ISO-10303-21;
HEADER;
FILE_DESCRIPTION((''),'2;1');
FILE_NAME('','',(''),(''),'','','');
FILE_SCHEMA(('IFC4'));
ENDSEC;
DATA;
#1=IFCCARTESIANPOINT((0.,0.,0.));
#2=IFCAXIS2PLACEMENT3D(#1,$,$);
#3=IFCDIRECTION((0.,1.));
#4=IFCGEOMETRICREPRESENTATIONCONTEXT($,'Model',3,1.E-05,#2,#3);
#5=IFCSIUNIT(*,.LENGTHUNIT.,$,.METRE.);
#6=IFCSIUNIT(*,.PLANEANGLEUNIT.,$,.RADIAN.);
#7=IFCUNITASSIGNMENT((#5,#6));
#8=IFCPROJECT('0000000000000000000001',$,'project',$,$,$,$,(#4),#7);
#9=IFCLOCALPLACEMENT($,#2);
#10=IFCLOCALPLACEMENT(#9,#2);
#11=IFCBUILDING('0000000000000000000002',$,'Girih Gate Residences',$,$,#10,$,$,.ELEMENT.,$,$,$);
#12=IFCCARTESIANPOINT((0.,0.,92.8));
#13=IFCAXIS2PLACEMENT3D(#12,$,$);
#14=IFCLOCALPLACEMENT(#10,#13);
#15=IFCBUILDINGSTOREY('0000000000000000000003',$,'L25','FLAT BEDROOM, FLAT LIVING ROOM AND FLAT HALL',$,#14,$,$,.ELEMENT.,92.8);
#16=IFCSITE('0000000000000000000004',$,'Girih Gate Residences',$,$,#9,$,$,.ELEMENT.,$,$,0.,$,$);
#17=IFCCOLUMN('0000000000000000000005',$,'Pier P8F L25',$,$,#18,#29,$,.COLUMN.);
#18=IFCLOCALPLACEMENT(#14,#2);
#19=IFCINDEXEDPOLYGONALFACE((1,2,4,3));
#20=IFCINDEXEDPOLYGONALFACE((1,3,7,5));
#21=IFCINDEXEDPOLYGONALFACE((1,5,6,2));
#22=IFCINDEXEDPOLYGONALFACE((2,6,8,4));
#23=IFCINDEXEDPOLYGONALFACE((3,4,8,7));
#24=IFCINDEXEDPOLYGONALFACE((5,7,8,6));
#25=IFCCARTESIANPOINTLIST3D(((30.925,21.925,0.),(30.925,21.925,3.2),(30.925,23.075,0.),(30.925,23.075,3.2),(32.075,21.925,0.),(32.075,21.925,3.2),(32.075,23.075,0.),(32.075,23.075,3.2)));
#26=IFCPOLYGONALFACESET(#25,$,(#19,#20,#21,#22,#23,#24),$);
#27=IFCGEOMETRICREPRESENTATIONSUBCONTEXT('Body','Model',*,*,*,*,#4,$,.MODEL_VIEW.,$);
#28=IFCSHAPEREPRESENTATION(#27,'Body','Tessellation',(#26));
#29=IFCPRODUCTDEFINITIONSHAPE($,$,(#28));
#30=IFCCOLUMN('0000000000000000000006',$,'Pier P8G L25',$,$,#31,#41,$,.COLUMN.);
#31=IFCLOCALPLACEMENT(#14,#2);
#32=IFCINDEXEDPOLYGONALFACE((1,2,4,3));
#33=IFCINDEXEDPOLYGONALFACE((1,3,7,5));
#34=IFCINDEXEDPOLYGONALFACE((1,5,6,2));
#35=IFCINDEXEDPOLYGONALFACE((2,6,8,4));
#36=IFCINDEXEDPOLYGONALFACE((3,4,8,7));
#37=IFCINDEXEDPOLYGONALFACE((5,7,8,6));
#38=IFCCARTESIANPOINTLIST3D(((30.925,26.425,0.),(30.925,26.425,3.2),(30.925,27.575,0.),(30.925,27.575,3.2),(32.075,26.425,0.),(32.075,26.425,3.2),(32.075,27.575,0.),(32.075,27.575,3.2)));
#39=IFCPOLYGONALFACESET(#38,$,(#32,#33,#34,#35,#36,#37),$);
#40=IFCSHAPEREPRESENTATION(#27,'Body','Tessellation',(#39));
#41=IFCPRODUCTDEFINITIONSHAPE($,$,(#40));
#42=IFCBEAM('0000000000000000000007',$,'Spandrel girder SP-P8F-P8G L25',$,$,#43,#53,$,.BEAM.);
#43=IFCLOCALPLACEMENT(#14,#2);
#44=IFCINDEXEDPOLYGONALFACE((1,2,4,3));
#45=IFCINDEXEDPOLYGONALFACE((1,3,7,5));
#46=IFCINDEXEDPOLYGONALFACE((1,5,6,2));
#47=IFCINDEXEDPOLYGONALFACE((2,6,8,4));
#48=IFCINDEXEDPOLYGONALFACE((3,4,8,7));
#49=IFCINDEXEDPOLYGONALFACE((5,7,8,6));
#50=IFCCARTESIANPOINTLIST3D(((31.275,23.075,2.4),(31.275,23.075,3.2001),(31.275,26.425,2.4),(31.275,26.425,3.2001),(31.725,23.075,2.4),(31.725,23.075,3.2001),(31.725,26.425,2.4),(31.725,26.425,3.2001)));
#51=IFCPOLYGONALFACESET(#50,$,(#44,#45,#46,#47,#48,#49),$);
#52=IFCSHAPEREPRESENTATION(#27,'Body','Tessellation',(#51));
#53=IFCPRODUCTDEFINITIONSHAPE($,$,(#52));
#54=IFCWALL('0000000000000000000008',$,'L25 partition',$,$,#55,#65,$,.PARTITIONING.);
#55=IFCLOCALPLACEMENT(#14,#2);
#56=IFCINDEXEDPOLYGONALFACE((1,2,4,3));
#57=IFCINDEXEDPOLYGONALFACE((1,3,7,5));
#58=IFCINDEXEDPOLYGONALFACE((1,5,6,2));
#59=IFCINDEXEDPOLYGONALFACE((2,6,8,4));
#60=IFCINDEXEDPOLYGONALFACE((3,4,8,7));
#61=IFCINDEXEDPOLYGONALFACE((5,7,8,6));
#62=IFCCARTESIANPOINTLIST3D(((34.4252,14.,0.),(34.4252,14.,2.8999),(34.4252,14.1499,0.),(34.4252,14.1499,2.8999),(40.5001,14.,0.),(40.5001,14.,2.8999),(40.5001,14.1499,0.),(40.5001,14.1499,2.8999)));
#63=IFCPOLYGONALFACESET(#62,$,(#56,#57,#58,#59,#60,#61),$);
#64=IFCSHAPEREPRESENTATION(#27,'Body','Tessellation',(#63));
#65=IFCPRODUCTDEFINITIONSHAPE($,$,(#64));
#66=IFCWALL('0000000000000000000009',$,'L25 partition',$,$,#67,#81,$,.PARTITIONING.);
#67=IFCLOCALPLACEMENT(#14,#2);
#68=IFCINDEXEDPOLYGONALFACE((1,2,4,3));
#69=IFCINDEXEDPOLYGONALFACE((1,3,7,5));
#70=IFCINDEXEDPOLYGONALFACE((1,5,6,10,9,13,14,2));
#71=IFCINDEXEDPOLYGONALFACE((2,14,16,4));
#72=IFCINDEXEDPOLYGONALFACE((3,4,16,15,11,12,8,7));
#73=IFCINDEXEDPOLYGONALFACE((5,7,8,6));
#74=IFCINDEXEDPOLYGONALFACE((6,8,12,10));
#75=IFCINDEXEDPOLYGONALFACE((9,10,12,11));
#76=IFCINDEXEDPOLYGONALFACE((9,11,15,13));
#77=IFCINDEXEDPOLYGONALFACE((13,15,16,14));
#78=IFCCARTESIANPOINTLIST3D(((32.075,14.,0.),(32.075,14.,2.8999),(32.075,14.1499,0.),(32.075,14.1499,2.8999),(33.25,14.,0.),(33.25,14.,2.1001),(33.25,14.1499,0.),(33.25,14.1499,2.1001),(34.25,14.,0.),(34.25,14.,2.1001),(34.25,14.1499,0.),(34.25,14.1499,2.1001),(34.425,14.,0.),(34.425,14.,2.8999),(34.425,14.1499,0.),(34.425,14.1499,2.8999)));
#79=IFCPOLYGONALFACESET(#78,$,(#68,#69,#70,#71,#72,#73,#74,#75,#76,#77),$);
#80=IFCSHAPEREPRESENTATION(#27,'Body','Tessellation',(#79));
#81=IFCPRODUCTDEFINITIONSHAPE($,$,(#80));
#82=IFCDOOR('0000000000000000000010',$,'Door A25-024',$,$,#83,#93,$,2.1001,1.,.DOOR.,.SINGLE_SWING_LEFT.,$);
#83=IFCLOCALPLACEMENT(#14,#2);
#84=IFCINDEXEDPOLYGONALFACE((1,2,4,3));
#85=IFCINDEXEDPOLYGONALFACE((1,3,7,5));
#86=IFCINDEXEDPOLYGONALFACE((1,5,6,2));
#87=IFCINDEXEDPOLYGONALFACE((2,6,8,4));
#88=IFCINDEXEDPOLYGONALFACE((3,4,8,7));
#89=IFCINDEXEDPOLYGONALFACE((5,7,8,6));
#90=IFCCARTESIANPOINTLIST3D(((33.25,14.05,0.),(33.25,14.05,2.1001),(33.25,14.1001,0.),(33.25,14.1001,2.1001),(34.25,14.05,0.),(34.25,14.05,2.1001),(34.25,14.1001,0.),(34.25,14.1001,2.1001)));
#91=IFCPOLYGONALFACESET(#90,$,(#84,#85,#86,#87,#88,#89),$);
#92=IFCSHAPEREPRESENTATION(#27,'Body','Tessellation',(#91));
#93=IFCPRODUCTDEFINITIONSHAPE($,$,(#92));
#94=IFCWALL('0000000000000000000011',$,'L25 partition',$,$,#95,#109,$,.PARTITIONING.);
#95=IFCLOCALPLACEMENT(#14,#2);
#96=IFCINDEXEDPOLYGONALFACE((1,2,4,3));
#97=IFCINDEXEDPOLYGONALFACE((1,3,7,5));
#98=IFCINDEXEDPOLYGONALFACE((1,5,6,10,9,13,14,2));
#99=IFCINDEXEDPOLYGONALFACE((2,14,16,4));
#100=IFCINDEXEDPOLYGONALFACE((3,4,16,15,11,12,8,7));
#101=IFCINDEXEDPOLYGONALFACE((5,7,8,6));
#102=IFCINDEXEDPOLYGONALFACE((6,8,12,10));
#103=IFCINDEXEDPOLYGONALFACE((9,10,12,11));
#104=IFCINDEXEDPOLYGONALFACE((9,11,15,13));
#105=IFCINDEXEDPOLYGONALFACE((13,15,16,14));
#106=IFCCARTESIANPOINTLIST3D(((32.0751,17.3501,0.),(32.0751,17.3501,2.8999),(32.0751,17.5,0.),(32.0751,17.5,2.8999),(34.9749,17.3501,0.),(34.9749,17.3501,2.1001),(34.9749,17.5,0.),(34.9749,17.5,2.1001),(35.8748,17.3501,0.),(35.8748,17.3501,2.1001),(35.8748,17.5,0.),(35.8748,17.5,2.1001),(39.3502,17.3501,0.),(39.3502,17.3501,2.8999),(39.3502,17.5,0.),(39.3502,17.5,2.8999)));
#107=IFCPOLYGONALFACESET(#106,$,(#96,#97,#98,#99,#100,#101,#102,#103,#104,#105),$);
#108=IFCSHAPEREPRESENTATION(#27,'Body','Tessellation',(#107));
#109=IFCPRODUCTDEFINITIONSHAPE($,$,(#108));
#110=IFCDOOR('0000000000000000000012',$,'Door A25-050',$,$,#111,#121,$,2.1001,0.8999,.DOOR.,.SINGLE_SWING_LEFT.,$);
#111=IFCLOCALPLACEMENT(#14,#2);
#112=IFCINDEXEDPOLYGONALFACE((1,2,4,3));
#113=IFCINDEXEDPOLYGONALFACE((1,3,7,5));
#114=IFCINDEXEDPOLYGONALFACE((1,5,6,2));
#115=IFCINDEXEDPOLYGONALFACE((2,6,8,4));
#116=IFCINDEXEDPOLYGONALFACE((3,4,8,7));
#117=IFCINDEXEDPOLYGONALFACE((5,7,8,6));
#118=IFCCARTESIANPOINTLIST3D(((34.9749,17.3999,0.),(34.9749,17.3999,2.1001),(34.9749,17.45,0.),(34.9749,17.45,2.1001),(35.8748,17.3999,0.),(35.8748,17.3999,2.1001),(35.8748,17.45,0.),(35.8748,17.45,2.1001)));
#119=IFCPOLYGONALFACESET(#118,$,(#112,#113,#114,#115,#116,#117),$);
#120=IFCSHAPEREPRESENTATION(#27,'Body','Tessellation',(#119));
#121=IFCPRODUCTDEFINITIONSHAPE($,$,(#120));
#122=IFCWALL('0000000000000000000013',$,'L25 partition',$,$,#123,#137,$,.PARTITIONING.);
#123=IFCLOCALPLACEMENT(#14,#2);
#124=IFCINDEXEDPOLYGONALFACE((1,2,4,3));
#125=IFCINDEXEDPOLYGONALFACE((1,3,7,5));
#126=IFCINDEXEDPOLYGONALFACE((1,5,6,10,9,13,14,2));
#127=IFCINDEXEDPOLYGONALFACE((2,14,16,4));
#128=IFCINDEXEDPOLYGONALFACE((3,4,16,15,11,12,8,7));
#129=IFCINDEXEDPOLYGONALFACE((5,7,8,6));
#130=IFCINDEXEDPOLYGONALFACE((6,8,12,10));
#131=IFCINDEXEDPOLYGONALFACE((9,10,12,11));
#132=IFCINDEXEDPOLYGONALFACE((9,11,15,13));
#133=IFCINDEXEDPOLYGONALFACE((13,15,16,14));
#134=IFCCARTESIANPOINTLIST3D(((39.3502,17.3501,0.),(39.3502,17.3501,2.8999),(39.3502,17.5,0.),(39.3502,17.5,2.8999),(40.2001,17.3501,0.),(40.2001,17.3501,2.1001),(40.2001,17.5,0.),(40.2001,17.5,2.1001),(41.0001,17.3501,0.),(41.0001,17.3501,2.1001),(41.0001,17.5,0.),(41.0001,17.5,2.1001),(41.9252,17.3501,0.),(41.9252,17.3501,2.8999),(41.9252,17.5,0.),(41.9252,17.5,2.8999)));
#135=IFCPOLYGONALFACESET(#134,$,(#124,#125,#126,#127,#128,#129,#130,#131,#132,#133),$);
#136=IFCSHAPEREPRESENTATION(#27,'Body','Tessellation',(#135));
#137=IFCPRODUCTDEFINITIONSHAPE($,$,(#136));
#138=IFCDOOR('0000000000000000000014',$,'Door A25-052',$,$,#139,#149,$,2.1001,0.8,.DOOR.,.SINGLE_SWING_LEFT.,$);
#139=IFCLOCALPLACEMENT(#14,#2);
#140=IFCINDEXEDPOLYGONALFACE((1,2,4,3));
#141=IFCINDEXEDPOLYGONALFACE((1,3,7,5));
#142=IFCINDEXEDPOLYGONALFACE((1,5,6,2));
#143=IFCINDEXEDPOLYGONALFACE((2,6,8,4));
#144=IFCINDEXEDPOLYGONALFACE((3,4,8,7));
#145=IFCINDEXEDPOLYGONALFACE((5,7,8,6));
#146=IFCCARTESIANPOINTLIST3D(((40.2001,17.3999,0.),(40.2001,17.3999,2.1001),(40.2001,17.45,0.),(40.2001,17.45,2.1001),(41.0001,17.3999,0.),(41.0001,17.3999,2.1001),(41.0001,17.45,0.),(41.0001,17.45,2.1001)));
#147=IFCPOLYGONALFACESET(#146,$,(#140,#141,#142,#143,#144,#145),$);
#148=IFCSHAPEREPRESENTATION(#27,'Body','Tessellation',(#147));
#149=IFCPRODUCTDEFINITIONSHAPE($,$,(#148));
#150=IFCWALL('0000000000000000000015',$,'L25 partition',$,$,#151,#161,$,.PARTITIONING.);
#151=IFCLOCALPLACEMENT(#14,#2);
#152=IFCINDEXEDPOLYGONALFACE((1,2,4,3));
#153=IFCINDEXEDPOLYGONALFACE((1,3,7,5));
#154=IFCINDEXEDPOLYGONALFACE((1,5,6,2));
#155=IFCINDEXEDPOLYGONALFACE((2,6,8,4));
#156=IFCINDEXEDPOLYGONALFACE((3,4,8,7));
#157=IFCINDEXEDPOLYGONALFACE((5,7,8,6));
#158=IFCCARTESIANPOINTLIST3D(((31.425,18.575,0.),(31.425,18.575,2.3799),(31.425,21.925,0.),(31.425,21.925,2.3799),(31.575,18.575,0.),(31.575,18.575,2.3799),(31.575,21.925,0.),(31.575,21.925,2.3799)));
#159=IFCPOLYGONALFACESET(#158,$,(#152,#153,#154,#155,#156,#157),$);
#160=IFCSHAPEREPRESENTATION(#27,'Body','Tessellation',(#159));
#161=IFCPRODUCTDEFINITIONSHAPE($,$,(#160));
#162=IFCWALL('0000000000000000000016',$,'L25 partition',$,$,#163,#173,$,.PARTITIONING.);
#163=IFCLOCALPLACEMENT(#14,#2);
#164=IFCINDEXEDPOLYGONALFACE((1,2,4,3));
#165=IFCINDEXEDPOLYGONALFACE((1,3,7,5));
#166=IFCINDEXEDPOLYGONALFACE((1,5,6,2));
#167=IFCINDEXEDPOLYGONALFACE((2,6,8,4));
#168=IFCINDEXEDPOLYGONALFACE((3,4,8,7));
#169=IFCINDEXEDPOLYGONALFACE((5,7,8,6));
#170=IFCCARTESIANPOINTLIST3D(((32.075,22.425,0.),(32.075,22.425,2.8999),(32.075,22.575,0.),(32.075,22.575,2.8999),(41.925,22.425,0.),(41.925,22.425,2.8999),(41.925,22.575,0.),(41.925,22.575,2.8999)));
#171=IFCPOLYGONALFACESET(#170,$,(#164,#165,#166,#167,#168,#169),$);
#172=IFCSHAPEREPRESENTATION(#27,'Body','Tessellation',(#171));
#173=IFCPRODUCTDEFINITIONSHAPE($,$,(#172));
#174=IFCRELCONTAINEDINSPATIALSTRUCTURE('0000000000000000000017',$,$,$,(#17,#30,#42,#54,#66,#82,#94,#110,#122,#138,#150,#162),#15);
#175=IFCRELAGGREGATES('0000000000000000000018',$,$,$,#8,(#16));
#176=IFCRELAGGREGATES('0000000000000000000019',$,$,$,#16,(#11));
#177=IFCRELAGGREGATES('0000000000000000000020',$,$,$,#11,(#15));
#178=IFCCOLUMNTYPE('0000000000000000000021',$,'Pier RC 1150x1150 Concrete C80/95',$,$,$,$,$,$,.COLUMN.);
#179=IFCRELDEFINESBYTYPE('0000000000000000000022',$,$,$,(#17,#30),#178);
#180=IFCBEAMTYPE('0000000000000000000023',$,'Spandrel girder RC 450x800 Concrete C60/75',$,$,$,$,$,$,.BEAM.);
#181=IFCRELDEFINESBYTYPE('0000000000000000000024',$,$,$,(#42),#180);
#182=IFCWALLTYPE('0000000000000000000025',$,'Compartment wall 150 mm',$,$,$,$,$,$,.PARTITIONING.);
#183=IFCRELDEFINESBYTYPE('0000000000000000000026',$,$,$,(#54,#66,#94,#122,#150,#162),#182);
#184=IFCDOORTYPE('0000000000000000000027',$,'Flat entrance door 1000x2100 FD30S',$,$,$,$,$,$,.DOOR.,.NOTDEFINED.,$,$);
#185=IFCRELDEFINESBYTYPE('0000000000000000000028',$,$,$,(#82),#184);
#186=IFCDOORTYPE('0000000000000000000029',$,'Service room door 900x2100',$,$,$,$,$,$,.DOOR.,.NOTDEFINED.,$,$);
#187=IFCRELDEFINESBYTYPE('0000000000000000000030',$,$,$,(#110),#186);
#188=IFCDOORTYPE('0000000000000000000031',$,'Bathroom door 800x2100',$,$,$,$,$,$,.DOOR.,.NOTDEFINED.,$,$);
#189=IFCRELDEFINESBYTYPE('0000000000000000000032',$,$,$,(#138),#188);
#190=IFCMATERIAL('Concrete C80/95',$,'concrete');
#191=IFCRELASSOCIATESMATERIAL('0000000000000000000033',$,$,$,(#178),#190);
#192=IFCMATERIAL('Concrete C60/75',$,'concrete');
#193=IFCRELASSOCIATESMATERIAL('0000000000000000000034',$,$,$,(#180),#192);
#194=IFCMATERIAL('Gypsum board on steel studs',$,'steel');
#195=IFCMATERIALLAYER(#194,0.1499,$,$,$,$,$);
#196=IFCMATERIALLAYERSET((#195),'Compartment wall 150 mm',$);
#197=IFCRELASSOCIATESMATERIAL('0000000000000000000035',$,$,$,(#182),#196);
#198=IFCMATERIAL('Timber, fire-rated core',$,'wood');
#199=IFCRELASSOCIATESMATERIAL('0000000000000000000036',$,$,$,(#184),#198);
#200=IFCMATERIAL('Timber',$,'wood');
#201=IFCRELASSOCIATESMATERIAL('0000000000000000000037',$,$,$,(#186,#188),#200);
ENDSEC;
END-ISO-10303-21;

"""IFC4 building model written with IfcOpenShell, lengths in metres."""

from ifc_helpers import new_model, si_unit, direction, frame, frame_2d, origin, origin_2d, place, context, subcontext, project, spatial, rectangle, extrude, material, layer, layer_set, material_profile, profile_set, type_object, element, fill, save


model = new_model("IFC4")

# Units and contexts
model_context = context("Model", 3, precision=1e-05, world=origin(), true_north=direction((0.0, 1.0)))
body_context = subcontext(model_context, "Body", "Model", "MODEL_VIEW")
ifc_project = project(units=[si_unit("LENGTHUNIT", "METRE"), si_unit("PLANEANGLEUNIT", "RADIAN")], contexts=[model_context])

# Site, building, storey
site_placement = place(None, origin())
site = spatial("IfcSite", under=ifc_project, at=site_placement, Name="Girih Gate Residences", CompositionType="ELEMENT", RefElevation=0.0)
building_placement = place(site_placement, origin())
building = spatial("IfcBuilding", under=site, at=building_placement, Name="Girih Gate Residences", CompositionType="ELEMENT")
storey_placement = place(building_placement, frame((0.0, 0.0, 92.8)))
storey = spatial("IfcBuildingStorey", under=building, at=storey_placement, Name="L25", Description="FLAT BEDROOM, FLAT LIVING ROOM AND FLAT HALL", CompositionType="ELEMENT", Elevation=92.8)

# Columns
ifc_material_1 = material(Name="Concrete C80/95", Category="concrete")
ifc_material_profile_1 = material_profile(ifc_material_1, rectangle(XDim=1.1499, YDim=1.1499, at=origin_2d()))
ifc_profile_set_1 = profile_set([ifc_material_profile_1], Name="Concrete C80/95")
column_type = type_object("IfcColumnType", Name="Pier RC 1150x1150 Concrete C80/95", PredefinedType="COLUMN", material=ifc_profile_set_1)
for number, where, z_axis, x_axis, name in (
    (1, (31.5, 22.5, 0.0), (0.0, 0.0, 1.0), (1.0, 0.0, 0.0), "Pier P8F L25"),
    (2, (31.5, 27.0, 0.0), (0.0, 0.0, 1.0), (1.0, 0.0, 0.0), "Pier P8G L25"),
):
    element("IfcColumn", number, at=place(storey_placement, frame(where, z_axis=z_axis, x_axis=x_axis)), inside=storey, type_object=column_type, Name=name, PredefinedType="COLUMN", context=body_context, shape_type="SweptSolid", body=[
        extrude(rectangle(XDim=1.1499, YDim=1.1499, at=origin_2d()), origin(), (0.0, 0.0, 1.0), 3.2),
    ])

# Beam
ifc_material_2 = material(Name="Concrete C60/75", Category="concrete")
ifc_material_profile_2 = material_profile(ifc_material_2, rectangle(XDim=0.45, YDim=0.8, at=origin_2d()))
ifc_profile_set_2 = profile_set([ifc_material_profile_2], Name="Concrete C60/75")
beam_type = type_object("IfcBeamType", Name="Spandrel girder RC 450x800 Concrete C60/75", PredefinedType="BEAM", material=ifc_profile_set_2)
beam_placement = place(storey_placement, frame((31.5, 23.075, 2.8), z_axis=(0.0, 1.0, 0.0), x_axis=(-1.0, 0.0, 0.0)))
element("IfcBeam", 3, at=beam_placement, inside=storey, type_object=beam_type, Name="Spandrel girder SP-P8F-P8G L25", PredefinedType="BEAM", context=body_context, shape_type="SweptSolid", body=[
    extrude(rectangle(XDim=0.45, YDim=0.8, at=origin_2d()), origin(), (0.0, 0.0, 1.0), 3.3501),
])

# Wall
ifc_material_3 = material(Name="Gypsum board on steel studs", Category="steel")
ifc_layer_1 = layer(ifc_material_3, 0.1499)
ifc_layer_set_1 = layer_set([ifc_layer_1], Name="Compartment wall 150 mm")
wall_type_1 = type_object("IfcWallType", Name="Compartment wall 150 mm", PredefinedType="PARTITIONING", material=ifc_layer_set_1)
wall_1_placement = place(storey_placement, frame((34.425, 14.075, 0.0), z_axis=(0.0, 0.0, 1.0), x_axis=(1.0, 0.0, 0.0)))
element("IfcWall", 4, at=wall_1_placement, inside=storey, type_object=wall_type_1, Name="L25 partition", PredefinedType="PARTITIONING", context=body_context, shape_type="SweptSolid", body=[
    extrude(rectangle(XDim=6.075, YDim=0.1499, at=frame_2d((3.0376, 0.0))), origin(), (0.0, 0.0, 1.0), 2.8999),
])

# Walls, openings, doors
wall_2_placement = place(storey_placement, frame((34.425, 14.075, 0.0), z_axis=(0.0, 0.0, 1.0), x_axis=(-1.0, 0.0, 0.0)))
wall_2 = element("IfcWall", 5, at=wall_2_placement, inside=storey, type_object=wall_type_1, Name="L25 partition", PredefinedType="PARTITIONING", context=body_context, shape_type="SweptSolid", body=[
    extrude(rectangle(XDim=2.3501, YDim=0.1499, at=frame_2d((1.175, 0.0))), origin(), (0.0, 0.0, 1.0), 2.8999),
])
opening_1_placement = place(wall_2_placement, frame((0.175, 0.0, 0.0)))
opening_1 = element("IfcOpeningElement", 6, at=opening_1_placement, cuts=wall_2, PredefinedType="OPENING", context=body_context, shape_type="SweptSolid", body=[
    extrude(rectangle(XDim=1.0, YDim=2.1001, at=frame_2d((0.5, 1.05))), frame((0.0, 0.085, 0.0), z_axis=(0.0, -1.0, 0.0), x_axis=(1.0, 0.0, 0.0)), (0.0, 0.0, 1.0), 0.1699),
])
ifc_material_4 = material(Name="Timber, fire-rated core", Category="wood")
door_type_1 = type_object("IfcDoorType", Name="Flat entrance door 1000x2100 FD30S", OperationType="NOTDEFINED", PredefinedType="DOOR", material=ifc_material_4)
door_1_placement = place(opening_1_placement, origin())
door_1 = element("IfcDoor", 7, at=door_1_placement, inside=storey, type_object=door_type_1, Name="Door A25-024", OperationType="SINGLE_SWING_LEFT", OverallHeight=2.1001, OverallWidth=1.0, PredefinedType="DOOR", context=body_context, shape_type="SweptSolid", body=[
    extrude(rectangle(XDim=1.0, YDim=2.1001, at=frame_2d((0.5, 1.05))), frame((0.0, 0.0249, 0.0), z_axis=(0.0, -1.0, 0.0), x_axis=(1.0, 0.0, 0.0)), (0.0, 0.0, 1.0), 0.05),
])
fill(opening_1, door_1)
wall_3_placement = place(storey_placement, frame((32.075, 17.425, 0.0), z_axis=(0.0, 0.0, 1.0), x_axis=(1.0, 0.0, 0.0)))
wall_3 = element("IfcWall", 8, at=wall_3_placement, inside=storey, type_object=wall_type_1, Name="L25 partition", PredefinedType="PARTITIONING", context=body_context, shape_type="SweptSolid", body=[
    extrude(rectangle(XDim=7.2751, YDim=0.1499, at=frame_2d((3.6377, 0.0))), origin(), (0.0, 0.0, 1.0), 2.8999),
])
opening_2_placement = place(wall_3_placement, frame((2.8999, 0.0, 0.0)))
opening_2 = element("IfcOpeningElement", 9, at=opening_2_placement, cuts=wall_3, PredefinedType="OPENING", context=body_context, shape_type="SweptSolid", body=[
    extrude(rectangle(XDim=0.8999, YDim=2.1001, at=frame_2d((0.45, 1.05))), frame((0.0, 0.085, 0.0), z_axis=(0.0, -1.0, 0.0), x_axis=(1.0, 0.0, 0.0)), (0.0, 0.0, 1.0), 0.1699),
])
ifc_material_5 = material(Name="Timber", Category="wood")
door_type_2 = type_object("IfcDoorType", Name="Service room door 900x2100", OperationType="NOTDEFINED", PredefinedType="DOOR", material=ifc_material_5)
door_2_placement = place(opening_2_placement, origin())
door_2 = element("IfcDoor", 10, at=door_2_placement, inside=storey, type_object=door_type_2, Name="Door A25-050", OperationType="SINGLE_SWING_LEFT", OverallHeight=2.1001, OverallWidth=0.8999, PredefinedType="DOOR", context=body_context, shape_type="SweptSolid", body=[
    extrude(rectangle(XDim=0.8999, YDim=2.1001, at=frame_2d((0.45, 1.05))), frame((0.0, 0.0249, 0.0), z_axis=(0.0, -1.0, 0.0), x_axis=(1.0, 0.0, 0.0)), (0.0, 0.0, 1.0), 0.05),
])
fill(opening_2, door_2)
wall_4_placement = place(storey_placement, frame((39.3501, 17.425, 0.0), z_axis=(0.0, 0.0, 1.0), x_axis=(1.0, 0.0, 0.0)))
wall_4 = element("IfcWall", 11, at=wall_4_placement, inside=storey, type_object=wall_type_1, Name="L25 partition", PredefinedType="PARTITIONING", context=body_context, shape_type="SweptSolid", body=[
    extrude(rectangle(XDim=2.575, YDim=0.1499, at=frame_2d((1.2876, 0.0))), origin(), (0.0, 0.0, 1.0), 2.8999),
])
opening_3_placement = place(wall_4_placement, frame((0.8501, 0.0, 0.0)))
opening_3 = element("IfcOpeningElement", 12, at=opening_3_placement, cuts=wall_4, PredefinedType="OPENING", context=body_context, shape_type="SweptSolid", body=[
    extrude(rectangle(XDim=0.8, YDim=2.1001, at=frame_2d((0.3999, 1.05))), frame((0.0, 0.085, 0.0), z_axis=(0.0, -1.0, 0.0), x_axis=(1.0, 0.0, 0.0)), (0.0, 0.0, 1.0), 0.1699),
])
door_type_3 = type_object("IfcDoorType", Name="Bathroom door 800x2100", OperationType="NOTDEFINED", PredefinedType="DOOR", material=ifc_material_5)
door_3_placement = place(opening_3_placement, origin())
door_3 = element("IfcDoor", 13, at=door_3_placement, inside=storey, type_object=door_type_3, Name="Door A25-052", OperationType="SINGLE_SWING_LEFT", OverallHeight=2.1001, OverallWidth=0.8, PredefinedType="DOOR", context=body_context, shape_type="SweptSolid", body=[
    extrude(rectangle(XDim=0.8, YDim=2.1001, at=frame_2d((0.3999, 1.05))), frame((0.0, 0.0249, 0.0), z_axis=(0.0, -1.0, 0.0), x_axis=(1.0, 0.0, 0.0)), (0.0, 0.0, 1.0), 0.05),
])
fill(opening_3, door_3)

# Walls
wall_5_placement = place(storey_placement, frame((31.5, 18.575, 0.0), z_axis=(0.0, 0.0, 1.0), x_axis=(0.0, 1.0, 0.0)))
element("IfcWall", 14, at=wall_5_placement, inside=storey, type_object=wall_type_1, Name="L25 partition", PredefinedType="PARTITIONING", context=body_context, shape_type="SweptSolid", body=[
    extrude(rectangle(XDim=3.3501, YDim=0.1499, at=frame_2d((1.675, 0.0))), origin(), (0.0, 0.0, 1.0), 2.3799),
])
wall_6_placement = place(storey_placement, frame((32.075, 22.5, 0.0), z_axis=(0.0, 0.0, 1.0), x_axis=(1.0, 0.0, 0.0)))
element("IfcWall", 15, at=wall_6_placement, inside=storey, type_object=wall_type_1, Name="L25 partition", PredefinedType="PARTITIONING", context=body_context, shape_type="SweptSolid", body=[
    extrude(rectangle(XDim=9.8501, YDim=0.1499, at=frame_2d((4.925, 0.0))), origin(), (0.0, 0.0, 1.0), 2.8999),
])

save(model, "model.ifc")
